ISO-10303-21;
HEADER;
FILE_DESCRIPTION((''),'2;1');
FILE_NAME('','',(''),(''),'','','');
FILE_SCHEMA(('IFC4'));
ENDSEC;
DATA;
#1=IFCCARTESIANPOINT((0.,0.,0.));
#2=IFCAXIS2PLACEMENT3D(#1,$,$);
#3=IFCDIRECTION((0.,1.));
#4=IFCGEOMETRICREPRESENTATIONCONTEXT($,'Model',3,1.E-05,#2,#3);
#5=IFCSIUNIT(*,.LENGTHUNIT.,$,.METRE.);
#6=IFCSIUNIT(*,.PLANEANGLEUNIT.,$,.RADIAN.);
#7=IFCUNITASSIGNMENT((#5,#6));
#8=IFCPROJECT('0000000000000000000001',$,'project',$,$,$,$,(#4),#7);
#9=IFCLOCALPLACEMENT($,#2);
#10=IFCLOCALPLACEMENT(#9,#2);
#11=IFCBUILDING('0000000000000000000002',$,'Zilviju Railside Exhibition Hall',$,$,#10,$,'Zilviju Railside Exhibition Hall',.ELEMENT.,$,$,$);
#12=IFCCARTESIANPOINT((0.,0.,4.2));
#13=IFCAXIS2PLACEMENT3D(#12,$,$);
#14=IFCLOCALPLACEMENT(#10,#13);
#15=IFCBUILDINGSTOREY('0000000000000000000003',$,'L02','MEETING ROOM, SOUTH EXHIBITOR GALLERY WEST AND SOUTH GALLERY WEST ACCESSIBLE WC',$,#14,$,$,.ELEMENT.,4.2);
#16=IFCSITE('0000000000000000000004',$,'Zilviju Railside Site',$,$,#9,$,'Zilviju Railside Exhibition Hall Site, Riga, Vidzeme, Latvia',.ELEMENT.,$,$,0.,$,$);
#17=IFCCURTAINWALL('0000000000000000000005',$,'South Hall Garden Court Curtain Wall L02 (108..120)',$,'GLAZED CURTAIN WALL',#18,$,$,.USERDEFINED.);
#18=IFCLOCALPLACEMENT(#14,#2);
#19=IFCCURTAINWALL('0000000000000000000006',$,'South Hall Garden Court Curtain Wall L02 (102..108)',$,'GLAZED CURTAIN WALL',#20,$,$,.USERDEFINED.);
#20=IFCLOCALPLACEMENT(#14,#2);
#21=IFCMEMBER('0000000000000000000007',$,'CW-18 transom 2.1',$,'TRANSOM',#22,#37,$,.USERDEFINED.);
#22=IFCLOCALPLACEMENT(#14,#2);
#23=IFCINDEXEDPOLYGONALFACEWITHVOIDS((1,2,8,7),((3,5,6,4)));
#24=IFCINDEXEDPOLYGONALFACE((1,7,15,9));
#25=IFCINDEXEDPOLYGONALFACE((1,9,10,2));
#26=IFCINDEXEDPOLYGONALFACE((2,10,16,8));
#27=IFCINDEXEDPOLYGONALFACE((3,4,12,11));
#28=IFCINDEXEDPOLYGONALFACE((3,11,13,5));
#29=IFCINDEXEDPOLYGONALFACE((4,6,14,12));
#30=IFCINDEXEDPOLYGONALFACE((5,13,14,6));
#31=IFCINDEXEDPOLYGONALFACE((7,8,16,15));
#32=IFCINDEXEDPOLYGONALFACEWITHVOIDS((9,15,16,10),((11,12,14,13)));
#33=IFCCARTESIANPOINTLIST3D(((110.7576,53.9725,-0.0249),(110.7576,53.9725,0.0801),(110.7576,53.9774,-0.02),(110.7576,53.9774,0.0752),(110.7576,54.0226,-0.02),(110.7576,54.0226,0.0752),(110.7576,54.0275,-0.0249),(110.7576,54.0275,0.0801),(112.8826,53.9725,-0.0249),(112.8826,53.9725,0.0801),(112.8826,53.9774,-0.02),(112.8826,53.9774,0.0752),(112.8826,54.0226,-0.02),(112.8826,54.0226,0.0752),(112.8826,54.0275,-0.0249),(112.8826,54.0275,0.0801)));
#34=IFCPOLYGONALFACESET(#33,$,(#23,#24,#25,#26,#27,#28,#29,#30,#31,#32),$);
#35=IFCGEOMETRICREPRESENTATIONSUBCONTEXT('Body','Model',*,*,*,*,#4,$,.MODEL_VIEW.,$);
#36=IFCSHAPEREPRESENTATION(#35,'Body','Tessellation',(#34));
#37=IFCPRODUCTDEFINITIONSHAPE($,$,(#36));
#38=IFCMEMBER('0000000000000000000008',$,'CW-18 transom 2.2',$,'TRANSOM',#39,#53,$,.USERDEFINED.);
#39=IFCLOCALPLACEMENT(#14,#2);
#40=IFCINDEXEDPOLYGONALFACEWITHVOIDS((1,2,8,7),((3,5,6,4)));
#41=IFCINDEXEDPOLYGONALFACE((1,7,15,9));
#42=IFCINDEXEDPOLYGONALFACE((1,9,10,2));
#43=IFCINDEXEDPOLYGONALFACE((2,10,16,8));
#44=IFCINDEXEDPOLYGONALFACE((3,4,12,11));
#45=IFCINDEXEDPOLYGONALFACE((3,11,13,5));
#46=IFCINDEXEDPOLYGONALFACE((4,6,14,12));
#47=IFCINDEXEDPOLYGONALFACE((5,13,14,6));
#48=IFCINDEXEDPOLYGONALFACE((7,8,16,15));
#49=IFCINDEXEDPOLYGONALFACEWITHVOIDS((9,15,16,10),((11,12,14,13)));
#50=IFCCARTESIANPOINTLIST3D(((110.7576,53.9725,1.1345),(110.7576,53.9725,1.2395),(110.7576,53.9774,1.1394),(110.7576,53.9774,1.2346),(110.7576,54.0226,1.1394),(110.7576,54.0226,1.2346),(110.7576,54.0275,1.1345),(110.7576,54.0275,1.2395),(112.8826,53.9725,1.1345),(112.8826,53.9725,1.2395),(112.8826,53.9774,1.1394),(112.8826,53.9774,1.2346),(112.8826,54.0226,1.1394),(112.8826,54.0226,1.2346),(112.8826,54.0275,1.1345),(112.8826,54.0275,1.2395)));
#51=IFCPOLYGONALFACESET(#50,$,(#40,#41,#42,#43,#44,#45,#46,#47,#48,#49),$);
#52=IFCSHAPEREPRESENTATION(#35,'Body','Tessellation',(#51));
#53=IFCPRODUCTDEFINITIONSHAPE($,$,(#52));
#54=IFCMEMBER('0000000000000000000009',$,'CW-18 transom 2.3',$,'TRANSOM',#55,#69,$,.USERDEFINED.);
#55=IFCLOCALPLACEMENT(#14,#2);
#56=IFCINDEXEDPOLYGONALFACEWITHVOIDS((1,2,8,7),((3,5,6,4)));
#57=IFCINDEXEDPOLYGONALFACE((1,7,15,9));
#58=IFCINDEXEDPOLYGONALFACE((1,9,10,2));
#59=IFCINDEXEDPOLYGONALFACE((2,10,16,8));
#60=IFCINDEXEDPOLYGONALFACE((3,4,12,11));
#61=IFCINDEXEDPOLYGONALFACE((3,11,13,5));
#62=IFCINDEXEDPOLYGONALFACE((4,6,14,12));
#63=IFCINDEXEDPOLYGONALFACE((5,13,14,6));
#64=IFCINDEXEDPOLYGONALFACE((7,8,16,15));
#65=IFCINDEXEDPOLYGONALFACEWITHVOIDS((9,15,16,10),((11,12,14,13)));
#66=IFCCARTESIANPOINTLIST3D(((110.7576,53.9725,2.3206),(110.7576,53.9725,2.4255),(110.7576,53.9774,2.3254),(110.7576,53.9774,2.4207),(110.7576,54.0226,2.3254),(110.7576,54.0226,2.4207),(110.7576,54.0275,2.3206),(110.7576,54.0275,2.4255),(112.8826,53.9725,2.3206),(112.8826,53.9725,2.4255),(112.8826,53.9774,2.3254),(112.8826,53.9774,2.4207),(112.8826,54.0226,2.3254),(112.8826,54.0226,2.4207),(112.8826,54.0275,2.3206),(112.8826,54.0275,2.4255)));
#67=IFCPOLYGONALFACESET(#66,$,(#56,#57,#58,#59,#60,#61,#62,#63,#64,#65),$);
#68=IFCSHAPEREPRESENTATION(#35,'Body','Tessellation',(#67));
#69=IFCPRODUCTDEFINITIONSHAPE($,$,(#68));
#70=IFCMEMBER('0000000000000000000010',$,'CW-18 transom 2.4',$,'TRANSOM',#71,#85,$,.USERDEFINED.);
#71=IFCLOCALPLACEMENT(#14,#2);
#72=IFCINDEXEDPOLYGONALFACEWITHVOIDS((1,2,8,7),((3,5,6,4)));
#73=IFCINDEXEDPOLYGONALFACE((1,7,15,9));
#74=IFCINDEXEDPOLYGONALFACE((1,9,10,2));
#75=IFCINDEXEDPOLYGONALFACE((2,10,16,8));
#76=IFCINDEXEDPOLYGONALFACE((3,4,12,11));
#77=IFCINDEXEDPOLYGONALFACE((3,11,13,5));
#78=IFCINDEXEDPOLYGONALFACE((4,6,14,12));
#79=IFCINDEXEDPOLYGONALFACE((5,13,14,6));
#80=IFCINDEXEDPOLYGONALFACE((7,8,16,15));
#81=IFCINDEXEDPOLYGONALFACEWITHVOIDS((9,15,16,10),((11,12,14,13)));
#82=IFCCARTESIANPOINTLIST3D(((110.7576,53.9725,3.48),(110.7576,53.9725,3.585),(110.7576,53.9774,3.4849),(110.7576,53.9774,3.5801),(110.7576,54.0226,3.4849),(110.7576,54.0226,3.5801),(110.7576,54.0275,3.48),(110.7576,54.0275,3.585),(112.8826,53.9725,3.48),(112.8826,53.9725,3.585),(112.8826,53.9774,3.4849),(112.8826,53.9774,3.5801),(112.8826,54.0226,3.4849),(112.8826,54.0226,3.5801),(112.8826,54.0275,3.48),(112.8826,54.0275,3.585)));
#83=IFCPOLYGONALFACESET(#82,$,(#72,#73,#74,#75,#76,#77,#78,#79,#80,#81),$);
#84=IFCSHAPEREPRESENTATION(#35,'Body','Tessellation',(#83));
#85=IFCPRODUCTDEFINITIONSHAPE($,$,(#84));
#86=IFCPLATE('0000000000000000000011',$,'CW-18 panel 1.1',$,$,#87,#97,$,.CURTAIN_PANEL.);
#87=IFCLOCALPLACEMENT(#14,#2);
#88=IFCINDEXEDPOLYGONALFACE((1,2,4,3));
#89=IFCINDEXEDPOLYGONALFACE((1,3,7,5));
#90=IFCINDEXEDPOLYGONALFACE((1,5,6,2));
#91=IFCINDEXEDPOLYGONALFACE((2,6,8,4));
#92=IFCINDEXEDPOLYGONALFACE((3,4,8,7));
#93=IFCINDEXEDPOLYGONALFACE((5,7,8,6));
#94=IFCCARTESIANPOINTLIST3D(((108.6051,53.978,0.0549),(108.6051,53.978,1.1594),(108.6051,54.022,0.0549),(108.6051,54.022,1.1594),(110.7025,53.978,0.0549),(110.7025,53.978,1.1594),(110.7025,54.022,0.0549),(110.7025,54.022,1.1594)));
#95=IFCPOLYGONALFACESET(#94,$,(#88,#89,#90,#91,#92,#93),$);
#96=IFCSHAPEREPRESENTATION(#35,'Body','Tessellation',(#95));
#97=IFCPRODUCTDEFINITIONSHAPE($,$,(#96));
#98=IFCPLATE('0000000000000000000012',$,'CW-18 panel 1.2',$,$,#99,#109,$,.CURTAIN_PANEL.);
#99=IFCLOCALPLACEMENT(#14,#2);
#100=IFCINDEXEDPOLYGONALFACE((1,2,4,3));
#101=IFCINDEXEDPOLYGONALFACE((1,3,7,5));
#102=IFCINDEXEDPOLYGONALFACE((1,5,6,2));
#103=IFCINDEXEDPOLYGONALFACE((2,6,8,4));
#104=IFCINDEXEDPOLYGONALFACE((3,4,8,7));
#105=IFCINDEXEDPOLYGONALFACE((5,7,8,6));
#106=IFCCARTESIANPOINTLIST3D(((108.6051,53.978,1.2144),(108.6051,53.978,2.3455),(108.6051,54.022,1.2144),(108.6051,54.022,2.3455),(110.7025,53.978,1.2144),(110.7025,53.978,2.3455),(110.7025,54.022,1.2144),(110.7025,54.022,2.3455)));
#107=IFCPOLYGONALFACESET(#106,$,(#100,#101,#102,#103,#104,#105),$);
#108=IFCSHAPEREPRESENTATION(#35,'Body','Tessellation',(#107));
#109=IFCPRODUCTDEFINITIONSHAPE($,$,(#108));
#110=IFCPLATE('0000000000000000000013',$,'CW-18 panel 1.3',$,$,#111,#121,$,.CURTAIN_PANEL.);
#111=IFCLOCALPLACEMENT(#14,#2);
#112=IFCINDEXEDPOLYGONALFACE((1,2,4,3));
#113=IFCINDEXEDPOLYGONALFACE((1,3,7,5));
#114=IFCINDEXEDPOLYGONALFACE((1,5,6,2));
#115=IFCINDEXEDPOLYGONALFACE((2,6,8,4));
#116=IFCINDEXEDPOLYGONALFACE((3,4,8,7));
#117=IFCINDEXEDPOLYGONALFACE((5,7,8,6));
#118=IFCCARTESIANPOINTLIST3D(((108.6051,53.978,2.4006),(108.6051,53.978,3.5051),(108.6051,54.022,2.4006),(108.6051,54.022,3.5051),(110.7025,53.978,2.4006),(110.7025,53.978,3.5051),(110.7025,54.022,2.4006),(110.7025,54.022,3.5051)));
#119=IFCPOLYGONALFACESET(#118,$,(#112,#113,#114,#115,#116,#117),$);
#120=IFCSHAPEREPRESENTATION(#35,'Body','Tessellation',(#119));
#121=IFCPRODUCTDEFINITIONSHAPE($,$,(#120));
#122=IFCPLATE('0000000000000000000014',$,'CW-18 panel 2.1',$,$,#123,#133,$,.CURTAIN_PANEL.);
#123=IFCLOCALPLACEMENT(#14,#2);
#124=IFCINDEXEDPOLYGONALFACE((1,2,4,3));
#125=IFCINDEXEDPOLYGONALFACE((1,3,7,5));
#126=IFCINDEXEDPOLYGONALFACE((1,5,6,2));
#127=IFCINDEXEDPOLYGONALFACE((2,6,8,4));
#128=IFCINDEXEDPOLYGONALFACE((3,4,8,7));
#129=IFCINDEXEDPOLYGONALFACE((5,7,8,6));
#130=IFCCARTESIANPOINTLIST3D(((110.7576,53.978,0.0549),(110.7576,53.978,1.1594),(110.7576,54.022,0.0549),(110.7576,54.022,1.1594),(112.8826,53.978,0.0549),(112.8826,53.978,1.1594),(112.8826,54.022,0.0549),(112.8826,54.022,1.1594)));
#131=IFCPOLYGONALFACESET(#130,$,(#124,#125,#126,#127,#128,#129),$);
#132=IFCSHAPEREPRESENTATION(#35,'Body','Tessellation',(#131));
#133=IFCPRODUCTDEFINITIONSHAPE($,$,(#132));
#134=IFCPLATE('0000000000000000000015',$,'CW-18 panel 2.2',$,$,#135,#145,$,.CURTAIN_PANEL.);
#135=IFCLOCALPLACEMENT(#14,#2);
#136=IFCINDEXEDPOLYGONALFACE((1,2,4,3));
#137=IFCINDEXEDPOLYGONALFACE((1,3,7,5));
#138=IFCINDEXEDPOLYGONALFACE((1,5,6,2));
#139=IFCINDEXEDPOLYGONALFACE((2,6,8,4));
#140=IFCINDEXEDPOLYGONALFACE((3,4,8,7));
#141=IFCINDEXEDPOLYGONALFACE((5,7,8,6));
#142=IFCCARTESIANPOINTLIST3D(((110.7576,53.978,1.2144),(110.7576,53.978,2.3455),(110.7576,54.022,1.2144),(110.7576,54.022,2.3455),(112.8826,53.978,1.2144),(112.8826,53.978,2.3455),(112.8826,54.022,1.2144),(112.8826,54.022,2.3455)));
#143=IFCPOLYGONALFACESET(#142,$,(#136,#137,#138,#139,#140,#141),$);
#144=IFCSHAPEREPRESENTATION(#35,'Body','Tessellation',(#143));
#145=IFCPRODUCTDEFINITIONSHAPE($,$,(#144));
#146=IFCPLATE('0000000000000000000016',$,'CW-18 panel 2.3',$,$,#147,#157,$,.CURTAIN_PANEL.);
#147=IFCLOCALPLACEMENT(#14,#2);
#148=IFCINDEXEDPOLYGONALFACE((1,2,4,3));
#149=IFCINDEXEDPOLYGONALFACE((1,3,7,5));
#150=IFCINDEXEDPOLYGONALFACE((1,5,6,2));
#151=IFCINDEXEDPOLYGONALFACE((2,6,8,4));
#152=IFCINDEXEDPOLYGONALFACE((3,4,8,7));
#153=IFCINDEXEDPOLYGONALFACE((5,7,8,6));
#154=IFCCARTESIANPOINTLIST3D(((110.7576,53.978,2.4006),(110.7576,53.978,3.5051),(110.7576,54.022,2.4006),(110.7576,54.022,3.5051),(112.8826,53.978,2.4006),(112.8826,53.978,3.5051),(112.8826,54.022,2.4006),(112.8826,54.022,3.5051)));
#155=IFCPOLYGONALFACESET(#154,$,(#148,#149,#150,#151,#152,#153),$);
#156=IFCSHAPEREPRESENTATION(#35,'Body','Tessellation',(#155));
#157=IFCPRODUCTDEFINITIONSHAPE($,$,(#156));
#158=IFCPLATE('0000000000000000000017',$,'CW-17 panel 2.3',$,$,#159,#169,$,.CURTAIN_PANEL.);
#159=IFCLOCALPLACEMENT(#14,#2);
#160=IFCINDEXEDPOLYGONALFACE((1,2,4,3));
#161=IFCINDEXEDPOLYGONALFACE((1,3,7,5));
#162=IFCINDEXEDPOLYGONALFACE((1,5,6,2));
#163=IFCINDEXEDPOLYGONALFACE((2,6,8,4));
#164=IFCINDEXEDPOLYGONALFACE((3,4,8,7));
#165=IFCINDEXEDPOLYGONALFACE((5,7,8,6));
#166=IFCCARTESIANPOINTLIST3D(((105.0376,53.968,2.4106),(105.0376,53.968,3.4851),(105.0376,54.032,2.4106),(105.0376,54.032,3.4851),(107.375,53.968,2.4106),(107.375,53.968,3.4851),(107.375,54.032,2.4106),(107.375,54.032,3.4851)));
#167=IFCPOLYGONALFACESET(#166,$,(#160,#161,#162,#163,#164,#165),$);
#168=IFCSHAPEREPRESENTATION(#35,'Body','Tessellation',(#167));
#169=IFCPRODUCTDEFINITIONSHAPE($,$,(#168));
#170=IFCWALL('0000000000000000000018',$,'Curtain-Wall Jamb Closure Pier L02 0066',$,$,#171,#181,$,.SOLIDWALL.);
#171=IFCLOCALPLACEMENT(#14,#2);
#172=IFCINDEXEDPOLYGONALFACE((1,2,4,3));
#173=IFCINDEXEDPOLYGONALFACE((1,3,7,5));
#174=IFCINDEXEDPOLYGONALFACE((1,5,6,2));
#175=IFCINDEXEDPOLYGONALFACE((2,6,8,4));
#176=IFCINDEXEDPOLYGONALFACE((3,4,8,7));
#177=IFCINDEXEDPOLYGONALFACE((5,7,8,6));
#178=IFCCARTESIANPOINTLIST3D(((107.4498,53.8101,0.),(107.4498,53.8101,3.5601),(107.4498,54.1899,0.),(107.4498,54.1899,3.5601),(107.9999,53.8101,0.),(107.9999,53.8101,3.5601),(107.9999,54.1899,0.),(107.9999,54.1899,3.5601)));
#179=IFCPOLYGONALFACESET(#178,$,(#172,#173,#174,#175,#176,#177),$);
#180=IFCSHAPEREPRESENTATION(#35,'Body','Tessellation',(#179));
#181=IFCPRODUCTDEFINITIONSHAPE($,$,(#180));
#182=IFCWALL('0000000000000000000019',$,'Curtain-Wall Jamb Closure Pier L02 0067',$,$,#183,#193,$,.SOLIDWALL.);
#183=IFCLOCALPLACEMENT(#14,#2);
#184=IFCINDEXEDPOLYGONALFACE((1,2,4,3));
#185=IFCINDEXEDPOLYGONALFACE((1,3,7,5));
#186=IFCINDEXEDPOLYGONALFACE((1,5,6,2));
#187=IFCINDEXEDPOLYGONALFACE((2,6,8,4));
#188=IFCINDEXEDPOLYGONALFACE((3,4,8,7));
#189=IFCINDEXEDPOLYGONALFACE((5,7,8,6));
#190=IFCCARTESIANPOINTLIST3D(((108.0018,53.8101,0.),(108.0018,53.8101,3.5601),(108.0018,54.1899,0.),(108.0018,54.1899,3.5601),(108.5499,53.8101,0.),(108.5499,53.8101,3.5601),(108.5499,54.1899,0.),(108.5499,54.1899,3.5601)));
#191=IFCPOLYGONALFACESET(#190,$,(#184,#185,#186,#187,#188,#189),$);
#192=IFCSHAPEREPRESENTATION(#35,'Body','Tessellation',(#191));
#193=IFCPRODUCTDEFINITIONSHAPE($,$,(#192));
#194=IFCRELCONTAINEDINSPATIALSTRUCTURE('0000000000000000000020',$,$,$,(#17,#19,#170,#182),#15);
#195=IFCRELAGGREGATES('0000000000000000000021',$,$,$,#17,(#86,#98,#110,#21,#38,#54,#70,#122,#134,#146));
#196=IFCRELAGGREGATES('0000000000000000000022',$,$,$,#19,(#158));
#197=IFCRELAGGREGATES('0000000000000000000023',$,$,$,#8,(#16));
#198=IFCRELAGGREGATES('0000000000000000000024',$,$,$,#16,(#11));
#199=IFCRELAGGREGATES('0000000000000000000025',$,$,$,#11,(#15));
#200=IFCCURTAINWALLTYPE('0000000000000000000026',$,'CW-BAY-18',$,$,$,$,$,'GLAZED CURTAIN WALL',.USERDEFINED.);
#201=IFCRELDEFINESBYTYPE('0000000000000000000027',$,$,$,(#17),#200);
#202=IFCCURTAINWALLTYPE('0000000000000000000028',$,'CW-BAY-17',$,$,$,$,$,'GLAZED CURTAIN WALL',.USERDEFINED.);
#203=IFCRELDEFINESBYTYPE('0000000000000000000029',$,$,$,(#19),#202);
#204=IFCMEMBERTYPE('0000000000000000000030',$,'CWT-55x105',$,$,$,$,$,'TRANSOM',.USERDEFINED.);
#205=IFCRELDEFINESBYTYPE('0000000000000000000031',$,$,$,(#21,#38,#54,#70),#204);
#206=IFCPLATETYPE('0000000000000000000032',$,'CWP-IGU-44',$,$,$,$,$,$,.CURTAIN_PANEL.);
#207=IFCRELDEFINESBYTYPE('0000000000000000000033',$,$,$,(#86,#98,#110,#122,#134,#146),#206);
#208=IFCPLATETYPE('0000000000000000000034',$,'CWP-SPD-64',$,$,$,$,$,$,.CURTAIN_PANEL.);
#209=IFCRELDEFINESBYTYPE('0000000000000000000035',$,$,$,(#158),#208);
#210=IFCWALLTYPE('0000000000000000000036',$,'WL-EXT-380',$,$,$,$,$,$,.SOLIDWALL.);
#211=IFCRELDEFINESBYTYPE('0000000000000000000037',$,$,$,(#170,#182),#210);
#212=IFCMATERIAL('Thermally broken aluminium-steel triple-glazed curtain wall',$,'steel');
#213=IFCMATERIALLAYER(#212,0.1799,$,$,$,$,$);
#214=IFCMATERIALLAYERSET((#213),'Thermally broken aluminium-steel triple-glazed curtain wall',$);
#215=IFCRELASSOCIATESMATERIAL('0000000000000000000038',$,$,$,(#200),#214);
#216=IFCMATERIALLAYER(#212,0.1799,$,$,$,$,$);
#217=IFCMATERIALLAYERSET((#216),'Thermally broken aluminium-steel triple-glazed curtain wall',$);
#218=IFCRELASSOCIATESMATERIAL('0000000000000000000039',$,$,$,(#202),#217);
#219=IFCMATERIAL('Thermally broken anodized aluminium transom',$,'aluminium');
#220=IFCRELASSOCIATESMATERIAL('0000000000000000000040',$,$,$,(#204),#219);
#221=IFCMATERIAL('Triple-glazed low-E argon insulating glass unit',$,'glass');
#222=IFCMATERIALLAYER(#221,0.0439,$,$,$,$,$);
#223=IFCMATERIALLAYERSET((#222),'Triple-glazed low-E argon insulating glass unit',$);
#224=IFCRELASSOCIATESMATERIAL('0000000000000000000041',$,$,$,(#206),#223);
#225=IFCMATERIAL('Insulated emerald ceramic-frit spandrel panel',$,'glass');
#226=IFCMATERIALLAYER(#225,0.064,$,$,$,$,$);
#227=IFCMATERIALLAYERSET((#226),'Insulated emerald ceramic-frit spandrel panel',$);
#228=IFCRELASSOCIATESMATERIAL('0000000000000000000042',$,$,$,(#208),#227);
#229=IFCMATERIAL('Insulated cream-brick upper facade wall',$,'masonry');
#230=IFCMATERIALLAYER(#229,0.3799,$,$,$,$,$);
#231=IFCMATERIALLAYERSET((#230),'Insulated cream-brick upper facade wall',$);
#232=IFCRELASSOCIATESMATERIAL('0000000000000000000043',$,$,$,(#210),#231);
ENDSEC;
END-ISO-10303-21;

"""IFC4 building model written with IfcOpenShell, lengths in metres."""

from ifc_helpers import new_model, si_unit, direction, frame, frame_2d, origin, origin_2d, place, context, subcontext, project, spatial, rectangle, hollow_rectangle, extrude, material, layer, layer_set, material_profile, profile_set, type_object, element, aggregate, save


model = new_model("IFC4")

# Units and contexts
model_context = context("Model", 3, precision=1e-05, world=origin(), true_north=direction((0.0, 1.0)))
body_context = subcontext(model_context, "Body", "Model", "MODEL_VIEW")
ifc_project = project(units=[si_unit("LENGTHUNIT", "METRE"), si_unit("PLANEANGLEUNIT", "RADIAN")], contexts=[model_context])

# Site, building, storey
site_placement = place(None, origin())
site = spatial("IfcSite", under=ifc_project, at=site_placement, Name="Zilviju Railside Site", LongName="Zilviju Railside Exhibition Hall Site, Riga, Vidzeme, Latvia", CompositionType="ELEMENT", RefElevation=0.0)
building_placement = place(site_placement, origin())
building = spatial("IfcBuilding", under=site, at=building_placement, Name="Zilviju Railside Exhibition Hall", LongName="Zilviju Railside Exhibition Hall", CompositionType="ELEMENT")
storey_placement = place(building_placement, frame((0.0, 0.0, 4.2)))
storey = spatial("IfcBuildingStorey", under=building, at=storey_placement, Name="L02", Description="MEETING ROOM, SOUTH EXHIBITOR GALLERY WEST AND SOUTH GALLERY WEST ACCESSIBLE WC", CompositionType="ELEMENT", Elevation=4.2)

# Curtain wall
ifc_material_1 = material(Name="Thermally broken aluminium-steel triple-glazed curtain wall", Category="steel")
ifc_layer_1 = layer(ifc_material_1, 0.1799)
ifc_layer_set_1 = layer_set([ifc_layer_1], Name="Thermally broken aluminium-steel triple-glazed curtain wall")
curtain_wall_type_1 = type_object("IfcCurtainWallType", Name="CW-BAY-18", ElementType="GLAZED CURTAIN WALL", PredefinedType="USERDEFINED", material=ifc_layer_set_1)
curtain_wall_1_placement = place(storey_placement, origin())
curtain_wall_1 = element("IfcCurtainWall", 1, at=curtain_wall_1_placement, inside=storey, type_object=curtain_wall_type_1, Name="South Hall Garden Court Curtain Wall L02 (108..120)", ObjectType="GLAZED CURTAIN WALL", PredefinedType="USERDEFINED")

# Curtain wall
ifc_layer_2 = layer(ifc_material_1, 0.1799)
ifc_layer_set_2 = layer_set([ifc_layer_2], Name="Thermally broken aluminium-steel triple-glazed curtain wall")
curtain_wall_type_2 = type_object("IfcCurtainWallType", Name="CW-BAY-17", ElementType="GLAZED CURTAIN WALL", PredefinedType="USERDEFINED", material=ifc_layer_set_2)
curtain_wall_2_placement = place(storey_placement, origin())
curtain_wall_2 = element("IfcCurtainWall", 2, at=curtain_wall_2_placement, inside=storey, type_object=curtain_wall_type_2, Name="South Hall Garden Court Curtain Wall L02 (102..108)", ObjectType="GLAZED CURTAIN WALL", PredefinedType="USERDEFINED")

# Members
ifc_material_2 = material(Name="Thermally broken anodized aluminium transom", Category="aluminium")
ifc_material_profile_1 = material_profile(ifc_material_2, hollow_rectangle(XDim=0.0549, YDim=0.105, WallThickness=0.0049, at=origin_2d()), Name="TRANSOM 105x55x5")
ifc_profile_set_1 = profile_set([ifc_material_profile_1], Name="Thermally broken anodized aluminium transom")
member_type_1 = type_object("IfcMemberType", Name="CWT-55x105", ElementType="TRANSOM", PredefinedType="USERDEFINED", material=ifc_profile_set_1)
member_1_placement = place(storey_placement, frame((110.7576, 54.0, 0.0276), z_axis=(1.0, 0.0, 0.0), x_axis=(0.0, 1.0, 0.0)))
member_1 = element("IfcMember", 3, at=member_1_placement, type_object=member_type_1, Name="CW-18 transom 2.1", ObjectType="TRANSOM", PredefinedType="USERDEFINED", context=body_context, shape_type="SweptSolid", body=[
    extrude(hollow_rectangle(XDim=0.0549, YDim=0.105, WallThickness=0.0049, at=origin_2d()), origin(), (0.0, 0.0, 1.0), 2.125),
])
member_2_placement = place(storey_placement, frame((110.7576, 54.0, 1.187), z_axis=(1.0, 0.0, 0.0), x_axis=(0.0, 1.0, 0.0)))
member_2 = element("IfcMember", 4, at=member_2_placement, type_object=member_type_1, Name="CW-18 transom 2.2", ObjectType="TRANSOM", PredefinedType="USERDEFINED", context=body_context, shape_type="SweptSolid", body=[
    extrude(hollow_rectangle(XDim=0.0549, YDim=0.105, WallThickness=0.0049, at=origin_2d()), origin(), (0.0, 0.0, 1.0), 2.125),
])
member_3_placement = place(storey_placement, frame((110.7576, 54.0, 2.373), z_axis=(1.0, 0.0, 0.0), x_axis=(0.0, 1.0, 0.0)))
member_3 = element("IfcMember", 5, at=member_3_placement, type_object=member_type_1, Name="CW-18 transom 2.3", ObjectType="TRANSOM", PredefinedType="USERDEFINED", context=body_context, shape_type="SweptSolid", body=[
    extrude(hollow_rectangle(XDim=0.0549, YDim=0.105, WallThickness=0.0049, at=origin_2d()), origin(), (0.0, 0.0, 1.0), 2.125),
])
member_4_placement = place(storey_placement, frame((110.7576, 54.0, 3.5325), z_axis=(1.0, 0.0, 0.0), x_axis=(0.0, 1.0, 0.0)))
member_4 = element("IfcMember", 6, at=member_4_placement, type_object=member_type_1, Name="CW-18 transom 2.4", ObjectType="TRANSOM", PredefinedType="USERDEFINED", context=body_context, shape_type="SweptSolid", body=[
    extrude(hollow_rectangle(XDim=0.0549, YDim=0.105, WallThickness=0.0049, at=origin_2d()), origin(), (0.0, 0.0, 1.0), 2.125),
])

# Plates
ifc_material_3 = material(Name="Triple-glazed low-E argon insulating glass unit", Category="glass")
ifc_layer_3 = layer(ifc_material_3, 0.0439)
ifc_layer_set_3 = layer_set([ifc_layer_3], Name="Triple-glazed low-E argon insulating glass unit")
plate_type_1 = type_object("IfcPlateType", Name="CWP-IGU-44", PredefinedType="CURTAIN_PANEL", material=ifc_layer_set_3)
plate_1_placement = place(storey_placement, frame((109.6538, 54.0, 0.0549), z_axis=(0.0, 0.0, 1.0), x_axis=(1.0, 0.0, 0.0)))
plate_1 = element("IfcPlate", 7, at=plate_1_placement, type_object=plate_type_1, Name="CW-18 panel 1.1", PredefinedType="CURTAIN_PANEL", context=body_context, shape_type="SweptSolid", body=[
    extrude(rectangle(XDim=2.0974, YDim=0.0439, at=origin_2d()), origin(), (0.0, 0.0, 1.0), 1.1045),
])
plate_2_placement = place(storey_placement, frame((109.6538, 54.0, 1.2144), z_axis=(0.0, 0.0, 1.0), x_axis=(1.0, 0.0, 0.0)))
plate_2 = element("IfcPlate", 8, at=plate_2_placement, type_object=plate_type_1, Name="CW-18 panel 1.2", PredefinedType="CURTAIN_PANEL", context=body_context, shape_type="SweptSolid", body=[
    extrude(rectangle(XDim=2.0974, YDim=0.0439, at=origin_2d()), origin(), (0.0, 0.0, 1.0), 1.1311),
])
plate_3_placement = place(storey_placement, frame((109.6538, 54.0, 2.4006), z_axis=(0.0, 0.0, 1.0), x_axis=(1.0, 0.0, 0.0)))
plate_3 = element("IfcPlate", 9, at=plate_3_placement, type_object=plate_type_1, Name="CW-18 panel 1.3", PredefinedType="CURTAIN_PANEL", context=body_context, shape_type="SweptSolid", body=[
    extrude(rectangle(XDim=2.0974, YDim=0.0439, at=origin_2d()), origin(), (0.0, 0.0, 1.0), 1.1045),
])
plate_4_placement = place(storey_placement, frame((111.8201, 54.0, 0.0549), z_axis=(0.0, 0.0, 1.0), x_axis=(1.0, 0.0, 0.0)))
plate_4 = element("IfcPlate", 10, at=plate_4_placement, type_object=plate_type_1, Name="CW-18 panel 2.1", PredefinedType="CURTAIN_PANEL", context=body_context, shape_type="SweptSolid", body=[
    extrude(rectangle(XDim=2.125, YDim=0.0439, at=origin_2d()), origin(), (0.0, 0.0, 1.0), 1.1045),
])
plate_5_placement = place(storey_placement, frame((111.8201, 54.0, 1.2144), z_axis=(0.0, 0.0, 1.0), x_axis=(1.0, 0.0, 0.0)))
plate_5 = element("IfcPlate", 11, at=plate_5_placement, type_object=plate_type_1, Name="CW-18 panel 2.2", PredefinedType="CURTAIN_PANEL", context=body_context, shape_type="SweptSolid", body=[
    extrude(rectangle(XDim=2.125, YDim=0.0439, at=origin_2d()), origin(), (0.0, 0.0, 1.0), 1.1311),
])
plate_6_placement = place(storey_placement, frame((111.8201, 54.0, 2.4006), z_axis=(0.0, 0.0, 1.0), x_axis=(1.0, 0.0, 0.0)))
plate_6 = element("IfcPlate", 12, at=plate_6_placement, type_object=plate_type_1, Name="CW-18 panel 2.3", PredefinedType="CURTAIN_PANEL", context=body_context, shape_type="SweptSolid", body=[
    extrude(rectangle(XDim=2.125, YDim=0.0439, at=origin_2d()), origin(), (0.0, 0.0, 1.0), 1.1045),
])
aggregate(curtain_wall_1, [plate_1, plate_2, plate_3, member_1, member_2, member_3, member_4, plate_4, plate_5, plate_6])
ifc_material_4 = material(Name="Insulated emerald ceramic-frit spandrel panel", Category="glass")
ifc_layer_4 = layer(ifc_material_4, 0.064)
ifc_layer_set_4 = layer_set([ifc_layer_4], Name="Insulated emerald ceramic-frit spandrel panel")
plate_type_2 = type_object("IfcPlateType", Name="CWP-SPD-64", PredefinedType="CURTAIN_PANEL", material=ifc_layer_set_4)
plate_7_placement = place(storey_placement, frame((106.2063, 54.0, 2.4106), z_axis=(0.0, 0.0, 1.0), x_axis=(1.0, 0.0, 0.0)))
plate_7 = element("IfcPlate", 13, at=plate_7_placement, type_object=plate_type_2, Name="CW-17 panel 2.3", PredefinedType="CURTAIN_PANEL", context=body_context, shape_type="SweptSolid", body=[
    extrude(rectangle(XDim=2.3374, YDim=0.064, at=origin_2d()), origin(), (0.0, 0.0, 1.0), 1.0745),
])
aggregate(curtain_wall_2, [plate_7])

# Walls
ifc_material_5 = material(Name="Insulated cream-brick upper facade wall", Category="masonry")
ifc_layer_5 = layer(ifc_material_5, 0.3799)
ifc_layer_set_5 = layer_set([ifc_layer_5], Name="Insulated cream-brick upper facade wall")
wall_type = type_object("IfcWallType", Name="WL-EXT-380", PredefinedType="SOLIDWALL", material=ifc_layer_set_5)
wall_1_placement = place(storey_placement, frame((107.45, 54.0, 0.0), z_axis=(0.0, 0.0, 1.0), x_axis=(1.0, 0.0, 0.0)))
element("IfcWall", 14, at=wall_1_placement, inside=storey, type_object=wall_type, Name="Curtain-Wall Jamb Closure Pier L02 0066", PredefinedType="SOLIDWALL", context=body_context, shape_type="SweptSolid", body=[
    extrude(rectangle(XDim=0.55, YDim=0.3799, at=frame_2d((0.2749, 0.0))), origin(), (0.0, 0.0, 1.0), 3.5601),
])
wall_2_placement = place(storey_placement, frame((108.002, 54.0, 0.0), z_axis=(0.0, 0.0, 1.0), x_axis=(1.0, 0.0, 0.0)))
element("IfcWall", 15, at=wall_2_placement, inside=storey, type_object=wall_type, Name="Curtain-Wall Jamb Closure Pier L02 0067", PredefinedType="SOLIDWALL", context=body_context, shape_type="SweptSolid", body=[
    extrude(rectangle(XDim=0.5481, YDim=0.3799, at=frame_2d((0.2739, 0.0))), origin(), (0.0, 0.0, 1.0), 3.5601),
])

save(model, "model.ifc")
